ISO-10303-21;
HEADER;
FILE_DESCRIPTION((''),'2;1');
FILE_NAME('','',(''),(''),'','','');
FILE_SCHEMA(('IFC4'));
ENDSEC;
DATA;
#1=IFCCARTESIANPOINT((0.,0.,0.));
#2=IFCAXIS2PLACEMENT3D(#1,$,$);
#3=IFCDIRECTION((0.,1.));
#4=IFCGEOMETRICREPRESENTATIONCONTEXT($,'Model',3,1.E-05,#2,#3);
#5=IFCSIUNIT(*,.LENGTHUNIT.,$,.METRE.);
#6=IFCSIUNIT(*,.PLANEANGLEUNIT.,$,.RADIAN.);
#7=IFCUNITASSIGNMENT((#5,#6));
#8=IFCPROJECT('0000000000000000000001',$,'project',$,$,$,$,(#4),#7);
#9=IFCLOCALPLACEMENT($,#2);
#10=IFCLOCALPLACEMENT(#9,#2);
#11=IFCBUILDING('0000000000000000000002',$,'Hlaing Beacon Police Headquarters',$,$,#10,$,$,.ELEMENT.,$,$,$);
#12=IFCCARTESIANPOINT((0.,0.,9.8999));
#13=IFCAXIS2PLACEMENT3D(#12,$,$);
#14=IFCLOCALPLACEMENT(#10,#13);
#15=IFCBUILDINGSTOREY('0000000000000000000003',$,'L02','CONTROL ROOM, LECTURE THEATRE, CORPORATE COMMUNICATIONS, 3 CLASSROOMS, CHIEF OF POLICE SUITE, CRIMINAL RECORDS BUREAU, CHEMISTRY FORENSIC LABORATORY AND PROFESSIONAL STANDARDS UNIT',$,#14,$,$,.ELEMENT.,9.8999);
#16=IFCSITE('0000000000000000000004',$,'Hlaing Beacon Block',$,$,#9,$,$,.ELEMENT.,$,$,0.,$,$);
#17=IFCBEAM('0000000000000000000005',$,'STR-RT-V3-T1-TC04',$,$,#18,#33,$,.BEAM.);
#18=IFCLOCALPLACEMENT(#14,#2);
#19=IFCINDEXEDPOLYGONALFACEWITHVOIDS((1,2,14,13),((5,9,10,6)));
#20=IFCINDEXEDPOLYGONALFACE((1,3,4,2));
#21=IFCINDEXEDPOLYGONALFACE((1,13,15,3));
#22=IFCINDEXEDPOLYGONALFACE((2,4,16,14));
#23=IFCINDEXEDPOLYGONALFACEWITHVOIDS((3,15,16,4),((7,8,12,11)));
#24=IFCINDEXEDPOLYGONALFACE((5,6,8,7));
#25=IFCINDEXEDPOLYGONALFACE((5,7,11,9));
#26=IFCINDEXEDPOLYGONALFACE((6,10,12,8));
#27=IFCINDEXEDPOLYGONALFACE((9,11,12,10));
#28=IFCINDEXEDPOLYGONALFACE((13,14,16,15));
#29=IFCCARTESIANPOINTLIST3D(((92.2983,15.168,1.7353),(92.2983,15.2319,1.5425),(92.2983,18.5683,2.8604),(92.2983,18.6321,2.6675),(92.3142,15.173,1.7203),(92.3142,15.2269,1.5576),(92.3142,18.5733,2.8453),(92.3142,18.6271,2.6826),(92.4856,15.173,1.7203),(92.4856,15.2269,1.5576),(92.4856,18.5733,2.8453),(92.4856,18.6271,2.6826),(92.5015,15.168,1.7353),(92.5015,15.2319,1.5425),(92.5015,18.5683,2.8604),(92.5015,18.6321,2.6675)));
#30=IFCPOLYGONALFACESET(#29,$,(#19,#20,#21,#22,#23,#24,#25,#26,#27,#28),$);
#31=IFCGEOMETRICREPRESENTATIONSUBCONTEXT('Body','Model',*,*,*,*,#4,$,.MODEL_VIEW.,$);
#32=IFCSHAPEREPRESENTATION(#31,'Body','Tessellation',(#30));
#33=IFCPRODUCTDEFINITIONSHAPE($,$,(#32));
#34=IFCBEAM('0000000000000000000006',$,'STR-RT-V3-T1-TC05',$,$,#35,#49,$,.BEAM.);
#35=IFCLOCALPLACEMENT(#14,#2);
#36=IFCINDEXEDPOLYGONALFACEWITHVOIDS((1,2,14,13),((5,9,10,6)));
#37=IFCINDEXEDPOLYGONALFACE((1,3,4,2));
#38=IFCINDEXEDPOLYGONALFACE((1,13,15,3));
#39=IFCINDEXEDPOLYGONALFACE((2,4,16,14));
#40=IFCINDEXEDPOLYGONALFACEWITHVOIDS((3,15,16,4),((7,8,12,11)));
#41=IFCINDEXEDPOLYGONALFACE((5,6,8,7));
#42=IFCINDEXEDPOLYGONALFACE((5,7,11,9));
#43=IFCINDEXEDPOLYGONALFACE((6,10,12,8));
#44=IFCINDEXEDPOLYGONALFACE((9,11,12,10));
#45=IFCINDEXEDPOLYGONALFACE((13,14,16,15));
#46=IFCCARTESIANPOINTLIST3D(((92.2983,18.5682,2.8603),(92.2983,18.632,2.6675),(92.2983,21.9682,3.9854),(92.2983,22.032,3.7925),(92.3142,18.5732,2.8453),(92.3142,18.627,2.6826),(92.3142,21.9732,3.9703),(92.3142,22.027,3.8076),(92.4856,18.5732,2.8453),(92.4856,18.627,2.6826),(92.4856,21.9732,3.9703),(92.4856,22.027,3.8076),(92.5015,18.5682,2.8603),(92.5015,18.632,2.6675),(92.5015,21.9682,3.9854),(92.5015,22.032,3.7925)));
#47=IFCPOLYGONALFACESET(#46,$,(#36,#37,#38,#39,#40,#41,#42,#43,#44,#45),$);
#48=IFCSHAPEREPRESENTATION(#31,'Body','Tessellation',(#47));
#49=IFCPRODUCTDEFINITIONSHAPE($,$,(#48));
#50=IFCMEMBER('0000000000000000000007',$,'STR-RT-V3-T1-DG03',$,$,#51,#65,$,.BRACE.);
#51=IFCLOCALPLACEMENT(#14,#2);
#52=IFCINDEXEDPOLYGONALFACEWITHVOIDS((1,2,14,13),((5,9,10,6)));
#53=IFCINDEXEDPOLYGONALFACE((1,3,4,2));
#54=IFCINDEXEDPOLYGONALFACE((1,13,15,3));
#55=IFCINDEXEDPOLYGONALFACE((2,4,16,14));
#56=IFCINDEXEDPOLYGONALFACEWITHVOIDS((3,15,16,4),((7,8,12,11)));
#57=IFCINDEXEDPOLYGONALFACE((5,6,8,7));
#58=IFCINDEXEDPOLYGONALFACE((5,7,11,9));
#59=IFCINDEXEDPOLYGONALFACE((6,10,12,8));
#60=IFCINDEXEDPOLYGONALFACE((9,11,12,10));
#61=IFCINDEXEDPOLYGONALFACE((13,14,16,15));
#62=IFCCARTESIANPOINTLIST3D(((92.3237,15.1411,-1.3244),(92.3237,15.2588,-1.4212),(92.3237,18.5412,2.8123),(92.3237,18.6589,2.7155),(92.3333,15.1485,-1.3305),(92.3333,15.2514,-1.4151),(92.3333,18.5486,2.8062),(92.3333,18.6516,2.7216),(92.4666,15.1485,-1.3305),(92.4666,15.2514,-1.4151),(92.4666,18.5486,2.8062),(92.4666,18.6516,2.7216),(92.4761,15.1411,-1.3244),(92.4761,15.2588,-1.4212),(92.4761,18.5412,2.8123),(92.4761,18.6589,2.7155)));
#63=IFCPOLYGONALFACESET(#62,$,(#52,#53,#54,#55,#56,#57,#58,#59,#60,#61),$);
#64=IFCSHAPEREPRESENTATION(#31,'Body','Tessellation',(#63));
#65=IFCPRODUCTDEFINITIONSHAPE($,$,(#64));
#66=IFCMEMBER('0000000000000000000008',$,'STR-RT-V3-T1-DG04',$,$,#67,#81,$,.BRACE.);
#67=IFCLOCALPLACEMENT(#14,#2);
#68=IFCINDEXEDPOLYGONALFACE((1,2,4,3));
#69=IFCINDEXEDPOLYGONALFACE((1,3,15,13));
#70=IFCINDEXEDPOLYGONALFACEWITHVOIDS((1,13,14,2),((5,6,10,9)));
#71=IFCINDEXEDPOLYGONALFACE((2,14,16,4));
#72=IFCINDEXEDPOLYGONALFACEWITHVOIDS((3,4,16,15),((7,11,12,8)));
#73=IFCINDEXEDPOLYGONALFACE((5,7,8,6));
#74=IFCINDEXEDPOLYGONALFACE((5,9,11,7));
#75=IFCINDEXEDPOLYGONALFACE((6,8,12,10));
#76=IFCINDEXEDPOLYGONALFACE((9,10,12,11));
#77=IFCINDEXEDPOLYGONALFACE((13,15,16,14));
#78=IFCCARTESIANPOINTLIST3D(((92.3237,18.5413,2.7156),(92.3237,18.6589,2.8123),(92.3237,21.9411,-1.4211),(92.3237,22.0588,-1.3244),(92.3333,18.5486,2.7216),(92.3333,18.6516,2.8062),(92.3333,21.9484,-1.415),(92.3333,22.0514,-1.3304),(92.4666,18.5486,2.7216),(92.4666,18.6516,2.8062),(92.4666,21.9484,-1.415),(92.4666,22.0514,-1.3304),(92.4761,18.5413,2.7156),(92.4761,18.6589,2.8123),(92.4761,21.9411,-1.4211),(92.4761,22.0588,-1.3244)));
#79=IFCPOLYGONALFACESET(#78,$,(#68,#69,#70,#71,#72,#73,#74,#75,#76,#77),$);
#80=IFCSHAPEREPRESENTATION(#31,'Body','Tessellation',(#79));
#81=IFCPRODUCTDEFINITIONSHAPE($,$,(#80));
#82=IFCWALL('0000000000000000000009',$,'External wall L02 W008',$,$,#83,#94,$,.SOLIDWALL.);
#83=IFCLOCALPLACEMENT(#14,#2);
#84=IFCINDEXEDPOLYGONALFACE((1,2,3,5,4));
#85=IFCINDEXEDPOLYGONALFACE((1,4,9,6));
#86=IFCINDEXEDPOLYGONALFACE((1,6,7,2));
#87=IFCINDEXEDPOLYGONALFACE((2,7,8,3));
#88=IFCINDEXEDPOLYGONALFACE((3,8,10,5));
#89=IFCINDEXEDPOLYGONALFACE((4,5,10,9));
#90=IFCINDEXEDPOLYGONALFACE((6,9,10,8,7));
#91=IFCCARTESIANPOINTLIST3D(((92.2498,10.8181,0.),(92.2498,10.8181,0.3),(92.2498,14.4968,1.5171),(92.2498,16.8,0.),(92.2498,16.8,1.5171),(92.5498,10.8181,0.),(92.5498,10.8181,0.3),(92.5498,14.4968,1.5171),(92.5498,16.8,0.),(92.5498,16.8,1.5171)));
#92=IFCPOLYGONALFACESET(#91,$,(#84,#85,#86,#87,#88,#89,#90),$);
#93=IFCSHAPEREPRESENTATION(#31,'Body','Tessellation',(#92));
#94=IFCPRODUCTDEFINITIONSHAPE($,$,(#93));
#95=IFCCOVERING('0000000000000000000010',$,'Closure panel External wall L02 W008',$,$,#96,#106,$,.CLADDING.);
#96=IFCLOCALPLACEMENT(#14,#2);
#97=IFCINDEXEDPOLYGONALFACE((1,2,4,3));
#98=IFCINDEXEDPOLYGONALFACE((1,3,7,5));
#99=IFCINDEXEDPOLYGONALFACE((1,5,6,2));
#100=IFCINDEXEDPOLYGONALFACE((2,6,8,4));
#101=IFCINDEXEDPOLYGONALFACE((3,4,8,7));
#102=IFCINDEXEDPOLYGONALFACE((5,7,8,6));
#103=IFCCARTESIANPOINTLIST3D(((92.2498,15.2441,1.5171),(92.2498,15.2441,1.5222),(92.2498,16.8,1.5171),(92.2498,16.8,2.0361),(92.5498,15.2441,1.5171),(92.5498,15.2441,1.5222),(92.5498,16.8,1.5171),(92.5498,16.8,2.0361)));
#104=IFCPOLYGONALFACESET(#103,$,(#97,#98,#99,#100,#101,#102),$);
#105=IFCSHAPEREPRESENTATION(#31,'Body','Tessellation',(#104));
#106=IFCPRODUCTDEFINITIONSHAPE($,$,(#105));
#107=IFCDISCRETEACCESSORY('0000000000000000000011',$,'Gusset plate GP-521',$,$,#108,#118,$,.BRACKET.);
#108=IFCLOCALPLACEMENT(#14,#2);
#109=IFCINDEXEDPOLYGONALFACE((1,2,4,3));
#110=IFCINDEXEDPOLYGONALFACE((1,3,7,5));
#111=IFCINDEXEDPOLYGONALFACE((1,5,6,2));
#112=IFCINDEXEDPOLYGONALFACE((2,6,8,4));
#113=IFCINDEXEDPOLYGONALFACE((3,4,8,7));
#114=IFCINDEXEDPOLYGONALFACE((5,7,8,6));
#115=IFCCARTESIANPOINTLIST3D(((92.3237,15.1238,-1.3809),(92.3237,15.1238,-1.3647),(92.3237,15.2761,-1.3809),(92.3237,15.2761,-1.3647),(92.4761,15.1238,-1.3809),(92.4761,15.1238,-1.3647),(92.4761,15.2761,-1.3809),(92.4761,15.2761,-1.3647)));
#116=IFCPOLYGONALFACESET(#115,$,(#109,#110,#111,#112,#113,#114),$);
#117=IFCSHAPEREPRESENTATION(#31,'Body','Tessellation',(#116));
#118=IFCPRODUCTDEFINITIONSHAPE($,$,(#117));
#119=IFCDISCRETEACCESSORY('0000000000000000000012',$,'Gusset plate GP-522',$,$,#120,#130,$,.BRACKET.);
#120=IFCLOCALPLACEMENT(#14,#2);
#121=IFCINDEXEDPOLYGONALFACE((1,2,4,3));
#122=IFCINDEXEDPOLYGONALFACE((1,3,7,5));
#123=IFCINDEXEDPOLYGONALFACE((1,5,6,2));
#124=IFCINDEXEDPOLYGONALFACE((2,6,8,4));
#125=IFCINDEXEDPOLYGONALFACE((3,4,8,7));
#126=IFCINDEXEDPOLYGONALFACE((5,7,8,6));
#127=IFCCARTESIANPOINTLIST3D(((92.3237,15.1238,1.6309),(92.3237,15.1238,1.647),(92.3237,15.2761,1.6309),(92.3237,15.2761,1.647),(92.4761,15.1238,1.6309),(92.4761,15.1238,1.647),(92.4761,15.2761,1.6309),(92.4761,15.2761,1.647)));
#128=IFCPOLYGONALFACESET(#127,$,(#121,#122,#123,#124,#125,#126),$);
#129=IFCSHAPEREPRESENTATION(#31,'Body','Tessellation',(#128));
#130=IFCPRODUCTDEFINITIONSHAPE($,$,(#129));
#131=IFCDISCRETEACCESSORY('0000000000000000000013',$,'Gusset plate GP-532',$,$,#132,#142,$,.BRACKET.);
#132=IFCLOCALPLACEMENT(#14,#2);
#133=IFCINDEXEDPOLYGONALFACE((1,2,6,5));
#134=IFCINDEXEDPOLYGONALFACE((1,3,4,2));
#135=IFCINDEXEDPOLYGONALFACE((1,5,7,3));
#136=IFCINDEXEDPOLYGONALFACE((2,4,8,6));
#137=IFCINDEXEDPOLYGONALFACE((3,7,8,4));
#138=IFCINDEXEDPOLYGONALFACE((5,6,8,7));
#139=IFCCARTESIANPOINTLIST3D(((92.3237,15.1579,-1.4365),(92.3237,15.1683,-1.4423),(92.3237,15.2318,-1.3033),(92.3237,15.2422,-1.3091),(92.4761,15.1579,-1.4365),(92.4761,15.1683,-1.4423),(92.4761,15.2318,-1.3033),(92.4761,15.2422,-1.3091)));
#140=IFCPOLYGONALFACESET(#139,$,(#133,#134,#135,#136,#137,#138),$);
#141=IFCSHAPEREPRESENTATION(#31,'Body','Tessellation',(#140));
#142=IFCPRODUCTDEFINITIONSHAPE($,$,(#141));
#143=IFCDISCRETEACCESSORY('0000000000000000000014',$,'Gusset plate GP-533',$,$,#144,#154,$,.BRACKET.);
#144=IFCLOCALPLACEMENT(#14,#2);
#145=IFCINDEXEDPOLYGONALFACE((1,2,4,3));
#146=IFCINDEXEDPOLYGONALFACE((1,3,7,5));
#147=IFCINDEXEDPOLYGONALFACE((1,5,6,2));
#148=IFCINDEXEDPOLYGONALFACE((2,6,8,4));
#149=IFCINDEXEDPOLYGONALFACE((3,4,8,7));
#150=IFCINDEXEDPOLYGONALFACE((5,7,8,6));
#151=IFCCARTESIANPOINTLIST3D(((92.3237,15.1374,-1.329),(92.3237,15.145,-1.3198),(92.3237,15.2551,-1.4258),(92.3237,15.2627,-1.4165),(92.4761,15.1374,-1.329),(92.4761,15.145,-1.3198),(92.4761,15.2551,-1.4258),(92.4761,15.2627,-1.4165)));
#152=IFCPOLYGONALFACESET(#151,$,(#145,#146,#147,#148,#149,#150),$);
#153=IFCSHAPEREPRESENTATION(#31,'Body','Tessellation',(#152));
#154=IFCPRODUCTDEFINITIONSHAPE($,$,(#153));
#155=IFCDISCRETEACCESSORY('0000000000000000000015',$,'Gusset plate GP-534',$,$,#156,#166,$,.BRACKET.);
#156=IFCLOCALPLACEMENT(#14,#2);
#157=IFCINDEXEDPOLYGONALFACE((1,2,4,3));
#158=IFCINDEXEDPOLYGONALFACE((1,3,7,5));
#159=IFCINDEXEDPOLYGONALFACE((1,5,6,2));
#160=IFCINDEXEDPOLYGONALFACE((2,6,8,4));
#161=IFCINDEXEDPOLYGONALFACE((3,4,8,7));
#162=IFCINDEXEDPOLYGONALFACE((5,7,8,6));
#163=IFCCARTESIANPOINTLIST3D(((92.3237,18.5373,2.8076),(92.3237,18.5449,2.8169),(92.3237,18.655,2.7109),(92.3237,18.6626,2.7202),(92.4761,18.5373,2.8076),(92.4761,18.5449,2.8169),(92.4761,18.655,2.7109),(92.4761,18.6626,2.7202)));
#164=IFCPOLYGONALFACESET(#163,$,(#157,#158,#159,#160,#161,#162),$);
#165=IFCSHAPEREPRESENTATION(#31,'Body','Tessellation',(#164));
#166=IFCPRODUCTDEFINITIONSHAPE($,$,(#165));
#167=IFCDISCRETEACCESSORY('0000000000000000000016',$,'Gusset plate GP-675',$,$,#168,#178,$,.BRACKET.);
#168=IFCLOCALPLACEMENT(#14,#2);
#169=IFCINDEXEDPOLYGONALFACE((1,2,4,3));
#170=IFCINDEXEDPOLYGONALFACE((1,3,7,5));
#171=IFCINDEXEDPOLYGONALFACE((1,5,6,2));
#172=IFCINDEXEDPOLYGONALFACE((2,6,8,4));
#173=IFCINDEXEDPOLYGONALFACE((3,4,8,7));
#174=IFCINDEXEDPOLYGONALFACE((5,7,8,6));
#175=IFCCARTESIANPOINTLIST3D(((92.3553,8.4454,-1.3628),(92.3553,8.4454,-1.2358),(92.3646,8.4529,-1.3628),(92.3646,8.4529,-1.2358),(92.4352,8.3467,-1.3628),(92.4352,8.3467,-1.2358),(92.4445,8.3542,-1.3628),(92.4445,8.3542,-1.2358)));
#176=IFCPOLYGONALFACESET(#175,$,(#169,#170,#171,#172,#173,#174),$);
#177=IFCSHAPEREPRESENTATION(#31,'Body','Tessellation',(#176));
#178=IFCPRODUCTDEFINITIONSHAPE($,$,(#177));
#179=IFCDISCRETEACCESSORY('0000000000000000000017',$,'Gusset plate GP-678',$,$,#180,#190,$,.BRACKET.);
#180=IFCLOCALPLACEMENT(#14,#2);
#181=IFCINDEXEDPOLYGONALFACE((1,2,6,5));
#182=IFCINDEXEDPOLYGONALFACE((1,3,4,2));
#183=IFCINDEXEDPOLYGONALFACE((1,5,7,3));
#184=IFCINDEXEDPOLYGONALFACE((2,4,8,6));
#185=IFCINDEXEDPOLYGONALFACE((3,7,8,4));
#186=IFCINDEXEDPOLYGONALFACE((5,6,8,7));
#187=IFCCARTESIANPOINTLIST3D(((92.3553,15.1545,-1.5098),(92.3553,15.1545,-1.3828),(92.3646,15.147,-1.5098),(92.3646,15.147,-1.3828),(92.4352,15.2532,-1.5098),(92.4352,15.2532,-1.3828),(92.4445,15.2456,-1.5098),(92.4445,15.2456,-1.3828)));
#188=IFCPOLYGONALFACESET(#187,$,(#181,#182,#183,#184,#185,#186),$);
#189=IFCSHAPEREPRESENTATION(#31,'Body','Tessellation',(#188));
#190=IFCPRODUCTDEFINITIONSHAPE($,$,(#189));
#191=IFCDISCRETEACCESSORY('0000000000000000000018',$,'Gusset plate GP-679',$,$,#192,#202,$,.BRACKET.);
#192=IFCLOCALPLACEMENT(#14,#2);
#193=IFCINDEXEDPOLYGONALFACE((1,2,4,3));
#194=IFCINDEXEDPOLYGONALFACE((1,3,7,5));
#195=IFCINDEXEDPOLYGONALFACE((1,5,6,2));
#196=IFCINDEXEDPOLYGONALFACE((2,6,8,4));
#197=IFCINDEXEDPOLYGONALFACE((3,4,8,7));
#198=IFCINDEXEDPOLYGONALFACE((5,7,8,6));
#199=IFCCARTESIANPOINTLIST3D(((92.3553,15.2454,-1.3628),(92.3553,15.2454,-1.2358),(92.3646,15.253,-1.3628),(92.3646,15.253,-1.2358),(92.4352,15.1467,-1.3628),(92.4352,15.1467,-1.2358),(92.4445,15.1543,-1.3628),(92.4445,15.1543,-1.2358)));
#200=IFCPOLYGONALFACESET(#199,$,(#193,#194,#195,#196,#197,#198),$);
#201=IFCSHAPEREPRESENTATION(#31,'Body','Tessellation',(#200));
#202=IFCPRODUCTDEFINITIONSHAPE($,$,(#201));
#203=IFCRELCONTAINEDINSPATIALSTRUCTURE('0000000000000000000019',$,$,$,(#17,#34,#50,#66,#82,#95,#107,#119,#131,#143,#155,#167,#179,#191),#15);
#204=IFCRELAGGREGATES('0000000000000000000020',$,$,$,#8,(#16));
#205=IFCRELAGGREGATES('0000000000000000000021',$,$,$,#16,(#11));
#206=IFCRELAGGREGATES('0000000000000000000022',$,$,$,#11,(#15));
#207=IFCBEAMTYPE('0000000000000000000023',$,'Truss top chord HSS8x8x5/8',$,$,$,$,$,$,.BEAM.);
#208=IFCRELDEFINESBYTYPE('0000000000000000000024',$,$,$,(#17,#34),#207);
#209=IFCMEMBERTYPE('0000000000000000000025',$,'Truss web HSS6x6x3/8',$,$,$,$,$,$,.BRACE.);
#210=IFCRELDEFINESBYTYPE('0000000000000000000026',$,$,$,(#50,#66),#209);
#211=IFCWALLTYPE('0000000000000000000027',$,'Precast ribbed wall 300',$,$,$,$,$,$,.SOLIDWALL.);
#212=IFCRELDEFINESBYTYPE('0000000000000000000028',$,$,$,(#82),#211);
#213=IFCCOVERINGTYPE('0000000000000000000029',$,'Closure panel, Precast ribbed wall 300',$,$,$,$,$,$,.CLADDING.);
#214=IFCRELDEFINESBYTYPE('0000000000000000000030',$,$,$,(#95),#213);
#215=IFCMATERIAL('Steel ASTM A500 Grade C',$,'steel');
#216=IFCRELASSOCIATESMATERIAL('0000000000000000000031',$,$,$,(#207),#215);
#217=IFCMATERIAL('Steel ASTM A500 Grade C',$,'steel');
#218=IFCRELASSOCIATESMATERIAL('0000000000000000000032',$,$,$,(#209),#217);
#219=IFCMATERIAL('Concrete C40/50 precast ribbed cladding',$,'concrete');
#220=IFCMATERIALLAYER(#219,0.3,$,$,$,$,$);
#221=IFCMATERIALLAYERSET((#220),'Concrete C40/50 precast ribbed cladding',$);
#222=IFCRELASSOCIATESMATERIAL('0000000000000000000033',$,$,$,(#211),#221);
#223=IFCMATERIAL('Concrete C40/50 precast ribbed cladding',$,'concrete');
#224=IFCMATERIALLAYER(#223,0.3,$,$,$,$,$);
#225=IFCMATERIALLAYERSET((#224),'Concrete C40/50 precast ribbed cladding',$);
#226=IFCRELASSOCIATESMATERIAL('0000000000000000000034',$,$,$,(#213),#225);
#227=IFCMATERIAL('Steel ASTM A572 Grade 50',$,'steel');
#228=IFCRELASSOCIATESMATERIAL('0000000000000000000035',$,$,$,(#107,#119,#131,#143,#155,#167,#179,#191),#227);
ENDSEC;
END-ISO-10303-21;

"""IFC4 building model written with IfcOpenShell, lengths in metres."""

from ifc_helpers import new_model, si_unit, direction, frame, origin, origin_2d, place, context, subcontext, project, spatial, polyline, rectangle, hollow_rectangle, outline, extrude, material, layer, layer_set, material_profile, profile_set, type_object, element, save


model = new_model("IFC4")

# Units and contexts
model_context = context("Model", 3, precision=1e-05, world=origin(), true_north=direction((0.0, 1.0)))
body_context = subcontext(model_context, "Body", "Model", "MODEL_VIEW")
ifc_project = project(units=[si_unit("LENGTHUNIT", "METRE"), si_unit("PLANEANGLEUNIT", "RADIAN")], contexts=[model_context])

# Site, building, storey
site_placement = place(None, origin())
site = spatial("IfcSite", under=ifc_project, at=site_placement, Name="Hlaing Beacon Block", CompositionType="ELEMENT", RefElevation=0.0)
building_placement = place(site_placement, origin())
building = spatial("IfcBuilding", under=site, at=building_placement, Name="Hlaing Beacon Police Headquarters", CompositionType="ELEMENT")
storey_placement = place(building_placement, frame((0.0, 0.0, 9.8999)))
storey = spatial("IfcBuildingStorey", under=building, at=storey_placement, Name="L02", Description="CONTROL ROOM, LECTURE THEATRE, CORPORATE COMMUNICATIONS, 3 CLASSROOMS, CHIEF OF POLICE SUITE, CRIMINAL RECORDS BUREAU, CHEMISTRY FORENSIC LABORATORY AND PROFESSIONAL STANDARDS UNIT", CompositionType="ELEMENT", Elevation=9.8999)

# Beams
ifc_material_1 = material(Name="Steel ASTM A500 Grade C", Category="steel")
ifc_material_profile_1 = material_profile(ifc_material_1, hollow_rectangle(XDim=0.2031, YDim=0.2031, WallThickness=0.0159, at=origin_2d()), Name="HSS8x8x5/8")
ifc_profile_set_1 = profile_set([ifc_material_profile_1], Name="Steel ASTM A500 Grade C")
beam_type_1 = type_object("IfcBeamType", Name="Truss top chord HSS8x8x5/8", PredefinedType="BEAM", material=ifc_profile_set_1)
beam_1_placement = place(storey_placement, frame((92.3999, 15.2, 1.6389), z_axis=(0.0, 0.949383, 0.314121), x_axis=(-1.0, 0.0, 0.0)))
element("IfcBeam", 1, at=beam_1_placement, inside=storey, type_object=beam_type_1, Name="STR-RT-V3-T1-TC04", PredefinedType="BEAM", context=body_context, shape_type="SweptSolid", body=[
    extrude(hollow_rectangle(XDim=0.2031, YDim=0.2031, WallThickness=0.0159, at=origin_2d()), origin(), (0.0, 0.0, 1.0), 3.5815),
])
beam_2_placement = place(storey_placement, frame((92.3999, 18.6001, 2.7639), z_axis=(0.0, 0.949376, 0.314141), x_axis=(-1.0, 0.0, 0.0)))
element("IfcBeam", 2, at=beam_2_placement, inside=storey, type_object=beam_type_1, Name="STR-RT-V3-T1-TC05", PredefinedType="BEAM", context=body_context, shape_type="SweptSolid", body=[
    extrude(hollow_rectangle(XDim=0.2031, YDim=0.2031, WallThickness=0.0159, at=origin_2d()), origin(), (0.0, 0.0, 1.0), 3.5813),
])

# Members
ifc_material_2 = material(Name="Steel ASTM A500 Grade C", Category="steel")
ifc_material_profile_2 = material_profile(ifc_material_2, hollow_rectangle(XDim=0.1523, YDim=0.1523, WallThickness=0.0095, at=origin_2d()), Name="HSS6x6x3/8")
ifc_profile_set_2 = profile_set([ifc_material_profile_2], Name="Steel ASTM A500 Grade C")
member_type_1 = type_object("IfcMemberType", Name="Truss web HSS6x6x3/8", PredefinedType="BRACE", material=ifc_profile_set_2)
member_1_placement = place(storey_placement, frame((92.3999, 15.2, -1.3728), z_axis=(0.0, 0.634977, 0.772531), x_axis=(-1.0, 0.0, 0.0)))
element("IfcMember", 3, at=member_1_placement, inside=storey, type_object=member_type_1, Name="STR-RT-V3-T1-DG03", PredefinedType="BRACE", context=body_context, shape_type="SweptSolid", body=[
    extrude(hollow_rectangle(XDim=0.1523, YDim=0.1523, WallThickness=0.0095, at=origin_2d()), origin(), (0.0, 0.0, 1.0), 5.3547),
])
member_2_placement = place(storey_placement, frame((92.3999, 18.6001, 2.7639), z_axis=(0.0, 0.634949, -0.772554), x_axis=(-1.0, 0.0, 0.0)))
element("IfcMember", 4, at=member_2_placement, inside=storey, type_object=member_type_1, Name="STR-RT-V3-T1-DG04", PredefinedType="BRACE", context=body_context, shape_type="SweptSolid", body=[
    extrude(hollow_rectangle(XDim=0.1523, YDim=0.1523, WallThickness=0.0095, at=origin_2d()), origin(), (0.0, 0.0, 1.0), 5.3545),
])

# Wall
ifc_material_3 = material(Name="Concrete C40/50 precast ribbed cladding", Category="concrete")
ifc_layer_1 = layer(ifc_material_3, 0.3)
ifc_layer_set_1 = layer_set([ifc_layer_1], Name="Concrete C40/50 precast ribbed cladding")
wall_type = type_object("IfcWallType", Name="Precast ribbed wall 300", PredefinedType="SOLIDWALL", material=ifc_layer_set_1)
wall_placement = place(storey_placement, frame((92.3999, 16.8, 0.0), z_axis=(0.0, 0.0, 1.0), x_axis=(0.0, -1.0, 0.0)))
element("IfcWall", 5, at=wall_placement, inside=storey, type_object=wall_type, Name="External wall L02 W008", PredefinedType="SOLIDWALL", context=body_context, shape_type="SweptSolid", body=[
    extrude(outline(polyline([(0.0, 0.0), (5.9819, 0.0), (5.9819, 0.3), (2.3032, 1.5171), (0.0, 1.5171), (0.0, 0.0)])), frame((0.0, 0.1499, 0.0), z_axis=(0.0, -1.0, 0.0), x_axis=(1.0, 0.0, 0.0)), (0.0, 0.0, 1.0), 0.3),
])

# Covering
ifc_material_4 = material(Name="Concrete C40/50 precast ribbed cladding", Category="concrete")
ifc_layer_2 = layer(ifc_material_4, 0.3)
ifc_layer_set_2 = layer_set([ifc_layer_2], Name="Concrete C40/50 precast ribbed cladding")
covering_type = type_object("IfcCoveringType", Name="Closure panel, Precast ribbed wall 300", PredefinedType="CLADDING", material=ifc_layer_set_2)
covering_placement = place(storey_placement, frame((92.3999, 16.8, 1.5171), z_axis=(0.0, 0.0, 1.0), x_axis=(0.0, -1.0, 0.0)))
element("IfcCovering", 6, at=covering_placement, inside=storey, type_object=covering_type, Name="Closure panel External wall L02 W008", PredefinedType="CLADDING", context=body_context, shape_type="SweptSolid", body=[
    extrude(outline(polyline([(0.0, 0.0), (1.5559, 0.0), (1.5559, 0.0051), (0.0, 0.519), (0.0, 0.0)])), frame((0.0, 0.1499, 0.0), z_axis=(0.0, -1.0, 0.0), x_axis=(1.0, 0.0, 0.0)), (0.0, 0.0, 1.0), 0.3),
])

# Discrete accessories
ifc_material_5 = material(Name="Steel ASTM A572 Grade 50", Category="steel")
for number, where, z_axis, x_axis, name in (
    (7, (92.3999, 15.2, -1.3647), (0.0, 0.0, -1.0), (1.0, 0.0, 0.0), "Gusset plate GP-521"),
    (8, (92.3999, 15.2, 1.6309), (0.0, 0.0, 1.0), (1.0, 0.0, 0.0), "Gusset plate GP-522"),
):
    element("IfcDiscreteAccessory", number, at=place(storey_placement, frame(where, z_axis=z_axis, x_axis=x_axis)), inside=storey, material=ifc_material_5, Name=name, PredefinedType="BRACKET", context=body_context, shape_type="SweptSolid", body=[
        extrude(rectangle(XDim=0.1523, YDim=0.1523, at=origin_2d()), origin(), (0.0, 0.0, 1.0), 0.0161),
    ])
for number, where, z_axis, x_axis, name in (
    (9, (92.3999, 15.1948, -1.3699), (0.0, 0.874388, -0.485227), (-1.0, 0.0, 0.0), "Gusset plate GP-532"),
    (10, (92.3999, 15.2039, -1.3682), (0.0, -0.634977, -0.772531), (1.0, 0.0, 0.0), "Gusset plate GP-533"),
    (11, (92.3999, 18.5962, 2.7593), (0.0, 0.634977, 0.772531), (-1.0, 0.0, 0.0), "Gusset plate GP-534"),
):
    element("IfcDiscreteAccessory", number, at=place(storey_placement, frame(where, z_axis=z_axis, x_axis=x_axis)), inside=storey, material=ifc_material_5, Name=name, PredefinedType="BRACKET", context=body_context, shape_type="SweptSolid", body=[
        extrude(rectangle(XDim=0.1523, YDim=0.1523, at=origin_2d()), origin(), (0.0, 0.0, 1.0), 0.012),
    ])
for number, where, z_axis, x_axis, name in (
    (12, (92.4045, 8.4036, -1.2993), (-0.777248, -0.629194, 0.0), (0.629194, -0.777248, 0.0), "Gusset plate GP-675"),
    (13, (92.4045, 15.1963, -1.4463), (-0.777248, 0.629194, 0.0), (-0.629194, -0.777248, 0.0), "Gusset plate GP-678"),
    (14, (92.4045, 15.2036, -1.2993), (-0.777248, -0.629194, 0.0), (0.629194, -0.777248, 0.0), "Gusset plate GP-679"),
):
    element("IfcDiscreteAccessory", number, at=place(storey_placement, frame(where, z_axis=z_axis, x_axis=x_axis)), inside=storey, material=ifc_material_5, Name=name, PredefinedType="BRACKET", context=body_context, shape_type="SweptSolid", body=[
        extrude(rectangle(XDim=0.127, YDim=0.127, at=origin_2d()), origin(), (0.0, 0.0, 1.0), 0.012),
    ])

save(model, "model.ifc")
